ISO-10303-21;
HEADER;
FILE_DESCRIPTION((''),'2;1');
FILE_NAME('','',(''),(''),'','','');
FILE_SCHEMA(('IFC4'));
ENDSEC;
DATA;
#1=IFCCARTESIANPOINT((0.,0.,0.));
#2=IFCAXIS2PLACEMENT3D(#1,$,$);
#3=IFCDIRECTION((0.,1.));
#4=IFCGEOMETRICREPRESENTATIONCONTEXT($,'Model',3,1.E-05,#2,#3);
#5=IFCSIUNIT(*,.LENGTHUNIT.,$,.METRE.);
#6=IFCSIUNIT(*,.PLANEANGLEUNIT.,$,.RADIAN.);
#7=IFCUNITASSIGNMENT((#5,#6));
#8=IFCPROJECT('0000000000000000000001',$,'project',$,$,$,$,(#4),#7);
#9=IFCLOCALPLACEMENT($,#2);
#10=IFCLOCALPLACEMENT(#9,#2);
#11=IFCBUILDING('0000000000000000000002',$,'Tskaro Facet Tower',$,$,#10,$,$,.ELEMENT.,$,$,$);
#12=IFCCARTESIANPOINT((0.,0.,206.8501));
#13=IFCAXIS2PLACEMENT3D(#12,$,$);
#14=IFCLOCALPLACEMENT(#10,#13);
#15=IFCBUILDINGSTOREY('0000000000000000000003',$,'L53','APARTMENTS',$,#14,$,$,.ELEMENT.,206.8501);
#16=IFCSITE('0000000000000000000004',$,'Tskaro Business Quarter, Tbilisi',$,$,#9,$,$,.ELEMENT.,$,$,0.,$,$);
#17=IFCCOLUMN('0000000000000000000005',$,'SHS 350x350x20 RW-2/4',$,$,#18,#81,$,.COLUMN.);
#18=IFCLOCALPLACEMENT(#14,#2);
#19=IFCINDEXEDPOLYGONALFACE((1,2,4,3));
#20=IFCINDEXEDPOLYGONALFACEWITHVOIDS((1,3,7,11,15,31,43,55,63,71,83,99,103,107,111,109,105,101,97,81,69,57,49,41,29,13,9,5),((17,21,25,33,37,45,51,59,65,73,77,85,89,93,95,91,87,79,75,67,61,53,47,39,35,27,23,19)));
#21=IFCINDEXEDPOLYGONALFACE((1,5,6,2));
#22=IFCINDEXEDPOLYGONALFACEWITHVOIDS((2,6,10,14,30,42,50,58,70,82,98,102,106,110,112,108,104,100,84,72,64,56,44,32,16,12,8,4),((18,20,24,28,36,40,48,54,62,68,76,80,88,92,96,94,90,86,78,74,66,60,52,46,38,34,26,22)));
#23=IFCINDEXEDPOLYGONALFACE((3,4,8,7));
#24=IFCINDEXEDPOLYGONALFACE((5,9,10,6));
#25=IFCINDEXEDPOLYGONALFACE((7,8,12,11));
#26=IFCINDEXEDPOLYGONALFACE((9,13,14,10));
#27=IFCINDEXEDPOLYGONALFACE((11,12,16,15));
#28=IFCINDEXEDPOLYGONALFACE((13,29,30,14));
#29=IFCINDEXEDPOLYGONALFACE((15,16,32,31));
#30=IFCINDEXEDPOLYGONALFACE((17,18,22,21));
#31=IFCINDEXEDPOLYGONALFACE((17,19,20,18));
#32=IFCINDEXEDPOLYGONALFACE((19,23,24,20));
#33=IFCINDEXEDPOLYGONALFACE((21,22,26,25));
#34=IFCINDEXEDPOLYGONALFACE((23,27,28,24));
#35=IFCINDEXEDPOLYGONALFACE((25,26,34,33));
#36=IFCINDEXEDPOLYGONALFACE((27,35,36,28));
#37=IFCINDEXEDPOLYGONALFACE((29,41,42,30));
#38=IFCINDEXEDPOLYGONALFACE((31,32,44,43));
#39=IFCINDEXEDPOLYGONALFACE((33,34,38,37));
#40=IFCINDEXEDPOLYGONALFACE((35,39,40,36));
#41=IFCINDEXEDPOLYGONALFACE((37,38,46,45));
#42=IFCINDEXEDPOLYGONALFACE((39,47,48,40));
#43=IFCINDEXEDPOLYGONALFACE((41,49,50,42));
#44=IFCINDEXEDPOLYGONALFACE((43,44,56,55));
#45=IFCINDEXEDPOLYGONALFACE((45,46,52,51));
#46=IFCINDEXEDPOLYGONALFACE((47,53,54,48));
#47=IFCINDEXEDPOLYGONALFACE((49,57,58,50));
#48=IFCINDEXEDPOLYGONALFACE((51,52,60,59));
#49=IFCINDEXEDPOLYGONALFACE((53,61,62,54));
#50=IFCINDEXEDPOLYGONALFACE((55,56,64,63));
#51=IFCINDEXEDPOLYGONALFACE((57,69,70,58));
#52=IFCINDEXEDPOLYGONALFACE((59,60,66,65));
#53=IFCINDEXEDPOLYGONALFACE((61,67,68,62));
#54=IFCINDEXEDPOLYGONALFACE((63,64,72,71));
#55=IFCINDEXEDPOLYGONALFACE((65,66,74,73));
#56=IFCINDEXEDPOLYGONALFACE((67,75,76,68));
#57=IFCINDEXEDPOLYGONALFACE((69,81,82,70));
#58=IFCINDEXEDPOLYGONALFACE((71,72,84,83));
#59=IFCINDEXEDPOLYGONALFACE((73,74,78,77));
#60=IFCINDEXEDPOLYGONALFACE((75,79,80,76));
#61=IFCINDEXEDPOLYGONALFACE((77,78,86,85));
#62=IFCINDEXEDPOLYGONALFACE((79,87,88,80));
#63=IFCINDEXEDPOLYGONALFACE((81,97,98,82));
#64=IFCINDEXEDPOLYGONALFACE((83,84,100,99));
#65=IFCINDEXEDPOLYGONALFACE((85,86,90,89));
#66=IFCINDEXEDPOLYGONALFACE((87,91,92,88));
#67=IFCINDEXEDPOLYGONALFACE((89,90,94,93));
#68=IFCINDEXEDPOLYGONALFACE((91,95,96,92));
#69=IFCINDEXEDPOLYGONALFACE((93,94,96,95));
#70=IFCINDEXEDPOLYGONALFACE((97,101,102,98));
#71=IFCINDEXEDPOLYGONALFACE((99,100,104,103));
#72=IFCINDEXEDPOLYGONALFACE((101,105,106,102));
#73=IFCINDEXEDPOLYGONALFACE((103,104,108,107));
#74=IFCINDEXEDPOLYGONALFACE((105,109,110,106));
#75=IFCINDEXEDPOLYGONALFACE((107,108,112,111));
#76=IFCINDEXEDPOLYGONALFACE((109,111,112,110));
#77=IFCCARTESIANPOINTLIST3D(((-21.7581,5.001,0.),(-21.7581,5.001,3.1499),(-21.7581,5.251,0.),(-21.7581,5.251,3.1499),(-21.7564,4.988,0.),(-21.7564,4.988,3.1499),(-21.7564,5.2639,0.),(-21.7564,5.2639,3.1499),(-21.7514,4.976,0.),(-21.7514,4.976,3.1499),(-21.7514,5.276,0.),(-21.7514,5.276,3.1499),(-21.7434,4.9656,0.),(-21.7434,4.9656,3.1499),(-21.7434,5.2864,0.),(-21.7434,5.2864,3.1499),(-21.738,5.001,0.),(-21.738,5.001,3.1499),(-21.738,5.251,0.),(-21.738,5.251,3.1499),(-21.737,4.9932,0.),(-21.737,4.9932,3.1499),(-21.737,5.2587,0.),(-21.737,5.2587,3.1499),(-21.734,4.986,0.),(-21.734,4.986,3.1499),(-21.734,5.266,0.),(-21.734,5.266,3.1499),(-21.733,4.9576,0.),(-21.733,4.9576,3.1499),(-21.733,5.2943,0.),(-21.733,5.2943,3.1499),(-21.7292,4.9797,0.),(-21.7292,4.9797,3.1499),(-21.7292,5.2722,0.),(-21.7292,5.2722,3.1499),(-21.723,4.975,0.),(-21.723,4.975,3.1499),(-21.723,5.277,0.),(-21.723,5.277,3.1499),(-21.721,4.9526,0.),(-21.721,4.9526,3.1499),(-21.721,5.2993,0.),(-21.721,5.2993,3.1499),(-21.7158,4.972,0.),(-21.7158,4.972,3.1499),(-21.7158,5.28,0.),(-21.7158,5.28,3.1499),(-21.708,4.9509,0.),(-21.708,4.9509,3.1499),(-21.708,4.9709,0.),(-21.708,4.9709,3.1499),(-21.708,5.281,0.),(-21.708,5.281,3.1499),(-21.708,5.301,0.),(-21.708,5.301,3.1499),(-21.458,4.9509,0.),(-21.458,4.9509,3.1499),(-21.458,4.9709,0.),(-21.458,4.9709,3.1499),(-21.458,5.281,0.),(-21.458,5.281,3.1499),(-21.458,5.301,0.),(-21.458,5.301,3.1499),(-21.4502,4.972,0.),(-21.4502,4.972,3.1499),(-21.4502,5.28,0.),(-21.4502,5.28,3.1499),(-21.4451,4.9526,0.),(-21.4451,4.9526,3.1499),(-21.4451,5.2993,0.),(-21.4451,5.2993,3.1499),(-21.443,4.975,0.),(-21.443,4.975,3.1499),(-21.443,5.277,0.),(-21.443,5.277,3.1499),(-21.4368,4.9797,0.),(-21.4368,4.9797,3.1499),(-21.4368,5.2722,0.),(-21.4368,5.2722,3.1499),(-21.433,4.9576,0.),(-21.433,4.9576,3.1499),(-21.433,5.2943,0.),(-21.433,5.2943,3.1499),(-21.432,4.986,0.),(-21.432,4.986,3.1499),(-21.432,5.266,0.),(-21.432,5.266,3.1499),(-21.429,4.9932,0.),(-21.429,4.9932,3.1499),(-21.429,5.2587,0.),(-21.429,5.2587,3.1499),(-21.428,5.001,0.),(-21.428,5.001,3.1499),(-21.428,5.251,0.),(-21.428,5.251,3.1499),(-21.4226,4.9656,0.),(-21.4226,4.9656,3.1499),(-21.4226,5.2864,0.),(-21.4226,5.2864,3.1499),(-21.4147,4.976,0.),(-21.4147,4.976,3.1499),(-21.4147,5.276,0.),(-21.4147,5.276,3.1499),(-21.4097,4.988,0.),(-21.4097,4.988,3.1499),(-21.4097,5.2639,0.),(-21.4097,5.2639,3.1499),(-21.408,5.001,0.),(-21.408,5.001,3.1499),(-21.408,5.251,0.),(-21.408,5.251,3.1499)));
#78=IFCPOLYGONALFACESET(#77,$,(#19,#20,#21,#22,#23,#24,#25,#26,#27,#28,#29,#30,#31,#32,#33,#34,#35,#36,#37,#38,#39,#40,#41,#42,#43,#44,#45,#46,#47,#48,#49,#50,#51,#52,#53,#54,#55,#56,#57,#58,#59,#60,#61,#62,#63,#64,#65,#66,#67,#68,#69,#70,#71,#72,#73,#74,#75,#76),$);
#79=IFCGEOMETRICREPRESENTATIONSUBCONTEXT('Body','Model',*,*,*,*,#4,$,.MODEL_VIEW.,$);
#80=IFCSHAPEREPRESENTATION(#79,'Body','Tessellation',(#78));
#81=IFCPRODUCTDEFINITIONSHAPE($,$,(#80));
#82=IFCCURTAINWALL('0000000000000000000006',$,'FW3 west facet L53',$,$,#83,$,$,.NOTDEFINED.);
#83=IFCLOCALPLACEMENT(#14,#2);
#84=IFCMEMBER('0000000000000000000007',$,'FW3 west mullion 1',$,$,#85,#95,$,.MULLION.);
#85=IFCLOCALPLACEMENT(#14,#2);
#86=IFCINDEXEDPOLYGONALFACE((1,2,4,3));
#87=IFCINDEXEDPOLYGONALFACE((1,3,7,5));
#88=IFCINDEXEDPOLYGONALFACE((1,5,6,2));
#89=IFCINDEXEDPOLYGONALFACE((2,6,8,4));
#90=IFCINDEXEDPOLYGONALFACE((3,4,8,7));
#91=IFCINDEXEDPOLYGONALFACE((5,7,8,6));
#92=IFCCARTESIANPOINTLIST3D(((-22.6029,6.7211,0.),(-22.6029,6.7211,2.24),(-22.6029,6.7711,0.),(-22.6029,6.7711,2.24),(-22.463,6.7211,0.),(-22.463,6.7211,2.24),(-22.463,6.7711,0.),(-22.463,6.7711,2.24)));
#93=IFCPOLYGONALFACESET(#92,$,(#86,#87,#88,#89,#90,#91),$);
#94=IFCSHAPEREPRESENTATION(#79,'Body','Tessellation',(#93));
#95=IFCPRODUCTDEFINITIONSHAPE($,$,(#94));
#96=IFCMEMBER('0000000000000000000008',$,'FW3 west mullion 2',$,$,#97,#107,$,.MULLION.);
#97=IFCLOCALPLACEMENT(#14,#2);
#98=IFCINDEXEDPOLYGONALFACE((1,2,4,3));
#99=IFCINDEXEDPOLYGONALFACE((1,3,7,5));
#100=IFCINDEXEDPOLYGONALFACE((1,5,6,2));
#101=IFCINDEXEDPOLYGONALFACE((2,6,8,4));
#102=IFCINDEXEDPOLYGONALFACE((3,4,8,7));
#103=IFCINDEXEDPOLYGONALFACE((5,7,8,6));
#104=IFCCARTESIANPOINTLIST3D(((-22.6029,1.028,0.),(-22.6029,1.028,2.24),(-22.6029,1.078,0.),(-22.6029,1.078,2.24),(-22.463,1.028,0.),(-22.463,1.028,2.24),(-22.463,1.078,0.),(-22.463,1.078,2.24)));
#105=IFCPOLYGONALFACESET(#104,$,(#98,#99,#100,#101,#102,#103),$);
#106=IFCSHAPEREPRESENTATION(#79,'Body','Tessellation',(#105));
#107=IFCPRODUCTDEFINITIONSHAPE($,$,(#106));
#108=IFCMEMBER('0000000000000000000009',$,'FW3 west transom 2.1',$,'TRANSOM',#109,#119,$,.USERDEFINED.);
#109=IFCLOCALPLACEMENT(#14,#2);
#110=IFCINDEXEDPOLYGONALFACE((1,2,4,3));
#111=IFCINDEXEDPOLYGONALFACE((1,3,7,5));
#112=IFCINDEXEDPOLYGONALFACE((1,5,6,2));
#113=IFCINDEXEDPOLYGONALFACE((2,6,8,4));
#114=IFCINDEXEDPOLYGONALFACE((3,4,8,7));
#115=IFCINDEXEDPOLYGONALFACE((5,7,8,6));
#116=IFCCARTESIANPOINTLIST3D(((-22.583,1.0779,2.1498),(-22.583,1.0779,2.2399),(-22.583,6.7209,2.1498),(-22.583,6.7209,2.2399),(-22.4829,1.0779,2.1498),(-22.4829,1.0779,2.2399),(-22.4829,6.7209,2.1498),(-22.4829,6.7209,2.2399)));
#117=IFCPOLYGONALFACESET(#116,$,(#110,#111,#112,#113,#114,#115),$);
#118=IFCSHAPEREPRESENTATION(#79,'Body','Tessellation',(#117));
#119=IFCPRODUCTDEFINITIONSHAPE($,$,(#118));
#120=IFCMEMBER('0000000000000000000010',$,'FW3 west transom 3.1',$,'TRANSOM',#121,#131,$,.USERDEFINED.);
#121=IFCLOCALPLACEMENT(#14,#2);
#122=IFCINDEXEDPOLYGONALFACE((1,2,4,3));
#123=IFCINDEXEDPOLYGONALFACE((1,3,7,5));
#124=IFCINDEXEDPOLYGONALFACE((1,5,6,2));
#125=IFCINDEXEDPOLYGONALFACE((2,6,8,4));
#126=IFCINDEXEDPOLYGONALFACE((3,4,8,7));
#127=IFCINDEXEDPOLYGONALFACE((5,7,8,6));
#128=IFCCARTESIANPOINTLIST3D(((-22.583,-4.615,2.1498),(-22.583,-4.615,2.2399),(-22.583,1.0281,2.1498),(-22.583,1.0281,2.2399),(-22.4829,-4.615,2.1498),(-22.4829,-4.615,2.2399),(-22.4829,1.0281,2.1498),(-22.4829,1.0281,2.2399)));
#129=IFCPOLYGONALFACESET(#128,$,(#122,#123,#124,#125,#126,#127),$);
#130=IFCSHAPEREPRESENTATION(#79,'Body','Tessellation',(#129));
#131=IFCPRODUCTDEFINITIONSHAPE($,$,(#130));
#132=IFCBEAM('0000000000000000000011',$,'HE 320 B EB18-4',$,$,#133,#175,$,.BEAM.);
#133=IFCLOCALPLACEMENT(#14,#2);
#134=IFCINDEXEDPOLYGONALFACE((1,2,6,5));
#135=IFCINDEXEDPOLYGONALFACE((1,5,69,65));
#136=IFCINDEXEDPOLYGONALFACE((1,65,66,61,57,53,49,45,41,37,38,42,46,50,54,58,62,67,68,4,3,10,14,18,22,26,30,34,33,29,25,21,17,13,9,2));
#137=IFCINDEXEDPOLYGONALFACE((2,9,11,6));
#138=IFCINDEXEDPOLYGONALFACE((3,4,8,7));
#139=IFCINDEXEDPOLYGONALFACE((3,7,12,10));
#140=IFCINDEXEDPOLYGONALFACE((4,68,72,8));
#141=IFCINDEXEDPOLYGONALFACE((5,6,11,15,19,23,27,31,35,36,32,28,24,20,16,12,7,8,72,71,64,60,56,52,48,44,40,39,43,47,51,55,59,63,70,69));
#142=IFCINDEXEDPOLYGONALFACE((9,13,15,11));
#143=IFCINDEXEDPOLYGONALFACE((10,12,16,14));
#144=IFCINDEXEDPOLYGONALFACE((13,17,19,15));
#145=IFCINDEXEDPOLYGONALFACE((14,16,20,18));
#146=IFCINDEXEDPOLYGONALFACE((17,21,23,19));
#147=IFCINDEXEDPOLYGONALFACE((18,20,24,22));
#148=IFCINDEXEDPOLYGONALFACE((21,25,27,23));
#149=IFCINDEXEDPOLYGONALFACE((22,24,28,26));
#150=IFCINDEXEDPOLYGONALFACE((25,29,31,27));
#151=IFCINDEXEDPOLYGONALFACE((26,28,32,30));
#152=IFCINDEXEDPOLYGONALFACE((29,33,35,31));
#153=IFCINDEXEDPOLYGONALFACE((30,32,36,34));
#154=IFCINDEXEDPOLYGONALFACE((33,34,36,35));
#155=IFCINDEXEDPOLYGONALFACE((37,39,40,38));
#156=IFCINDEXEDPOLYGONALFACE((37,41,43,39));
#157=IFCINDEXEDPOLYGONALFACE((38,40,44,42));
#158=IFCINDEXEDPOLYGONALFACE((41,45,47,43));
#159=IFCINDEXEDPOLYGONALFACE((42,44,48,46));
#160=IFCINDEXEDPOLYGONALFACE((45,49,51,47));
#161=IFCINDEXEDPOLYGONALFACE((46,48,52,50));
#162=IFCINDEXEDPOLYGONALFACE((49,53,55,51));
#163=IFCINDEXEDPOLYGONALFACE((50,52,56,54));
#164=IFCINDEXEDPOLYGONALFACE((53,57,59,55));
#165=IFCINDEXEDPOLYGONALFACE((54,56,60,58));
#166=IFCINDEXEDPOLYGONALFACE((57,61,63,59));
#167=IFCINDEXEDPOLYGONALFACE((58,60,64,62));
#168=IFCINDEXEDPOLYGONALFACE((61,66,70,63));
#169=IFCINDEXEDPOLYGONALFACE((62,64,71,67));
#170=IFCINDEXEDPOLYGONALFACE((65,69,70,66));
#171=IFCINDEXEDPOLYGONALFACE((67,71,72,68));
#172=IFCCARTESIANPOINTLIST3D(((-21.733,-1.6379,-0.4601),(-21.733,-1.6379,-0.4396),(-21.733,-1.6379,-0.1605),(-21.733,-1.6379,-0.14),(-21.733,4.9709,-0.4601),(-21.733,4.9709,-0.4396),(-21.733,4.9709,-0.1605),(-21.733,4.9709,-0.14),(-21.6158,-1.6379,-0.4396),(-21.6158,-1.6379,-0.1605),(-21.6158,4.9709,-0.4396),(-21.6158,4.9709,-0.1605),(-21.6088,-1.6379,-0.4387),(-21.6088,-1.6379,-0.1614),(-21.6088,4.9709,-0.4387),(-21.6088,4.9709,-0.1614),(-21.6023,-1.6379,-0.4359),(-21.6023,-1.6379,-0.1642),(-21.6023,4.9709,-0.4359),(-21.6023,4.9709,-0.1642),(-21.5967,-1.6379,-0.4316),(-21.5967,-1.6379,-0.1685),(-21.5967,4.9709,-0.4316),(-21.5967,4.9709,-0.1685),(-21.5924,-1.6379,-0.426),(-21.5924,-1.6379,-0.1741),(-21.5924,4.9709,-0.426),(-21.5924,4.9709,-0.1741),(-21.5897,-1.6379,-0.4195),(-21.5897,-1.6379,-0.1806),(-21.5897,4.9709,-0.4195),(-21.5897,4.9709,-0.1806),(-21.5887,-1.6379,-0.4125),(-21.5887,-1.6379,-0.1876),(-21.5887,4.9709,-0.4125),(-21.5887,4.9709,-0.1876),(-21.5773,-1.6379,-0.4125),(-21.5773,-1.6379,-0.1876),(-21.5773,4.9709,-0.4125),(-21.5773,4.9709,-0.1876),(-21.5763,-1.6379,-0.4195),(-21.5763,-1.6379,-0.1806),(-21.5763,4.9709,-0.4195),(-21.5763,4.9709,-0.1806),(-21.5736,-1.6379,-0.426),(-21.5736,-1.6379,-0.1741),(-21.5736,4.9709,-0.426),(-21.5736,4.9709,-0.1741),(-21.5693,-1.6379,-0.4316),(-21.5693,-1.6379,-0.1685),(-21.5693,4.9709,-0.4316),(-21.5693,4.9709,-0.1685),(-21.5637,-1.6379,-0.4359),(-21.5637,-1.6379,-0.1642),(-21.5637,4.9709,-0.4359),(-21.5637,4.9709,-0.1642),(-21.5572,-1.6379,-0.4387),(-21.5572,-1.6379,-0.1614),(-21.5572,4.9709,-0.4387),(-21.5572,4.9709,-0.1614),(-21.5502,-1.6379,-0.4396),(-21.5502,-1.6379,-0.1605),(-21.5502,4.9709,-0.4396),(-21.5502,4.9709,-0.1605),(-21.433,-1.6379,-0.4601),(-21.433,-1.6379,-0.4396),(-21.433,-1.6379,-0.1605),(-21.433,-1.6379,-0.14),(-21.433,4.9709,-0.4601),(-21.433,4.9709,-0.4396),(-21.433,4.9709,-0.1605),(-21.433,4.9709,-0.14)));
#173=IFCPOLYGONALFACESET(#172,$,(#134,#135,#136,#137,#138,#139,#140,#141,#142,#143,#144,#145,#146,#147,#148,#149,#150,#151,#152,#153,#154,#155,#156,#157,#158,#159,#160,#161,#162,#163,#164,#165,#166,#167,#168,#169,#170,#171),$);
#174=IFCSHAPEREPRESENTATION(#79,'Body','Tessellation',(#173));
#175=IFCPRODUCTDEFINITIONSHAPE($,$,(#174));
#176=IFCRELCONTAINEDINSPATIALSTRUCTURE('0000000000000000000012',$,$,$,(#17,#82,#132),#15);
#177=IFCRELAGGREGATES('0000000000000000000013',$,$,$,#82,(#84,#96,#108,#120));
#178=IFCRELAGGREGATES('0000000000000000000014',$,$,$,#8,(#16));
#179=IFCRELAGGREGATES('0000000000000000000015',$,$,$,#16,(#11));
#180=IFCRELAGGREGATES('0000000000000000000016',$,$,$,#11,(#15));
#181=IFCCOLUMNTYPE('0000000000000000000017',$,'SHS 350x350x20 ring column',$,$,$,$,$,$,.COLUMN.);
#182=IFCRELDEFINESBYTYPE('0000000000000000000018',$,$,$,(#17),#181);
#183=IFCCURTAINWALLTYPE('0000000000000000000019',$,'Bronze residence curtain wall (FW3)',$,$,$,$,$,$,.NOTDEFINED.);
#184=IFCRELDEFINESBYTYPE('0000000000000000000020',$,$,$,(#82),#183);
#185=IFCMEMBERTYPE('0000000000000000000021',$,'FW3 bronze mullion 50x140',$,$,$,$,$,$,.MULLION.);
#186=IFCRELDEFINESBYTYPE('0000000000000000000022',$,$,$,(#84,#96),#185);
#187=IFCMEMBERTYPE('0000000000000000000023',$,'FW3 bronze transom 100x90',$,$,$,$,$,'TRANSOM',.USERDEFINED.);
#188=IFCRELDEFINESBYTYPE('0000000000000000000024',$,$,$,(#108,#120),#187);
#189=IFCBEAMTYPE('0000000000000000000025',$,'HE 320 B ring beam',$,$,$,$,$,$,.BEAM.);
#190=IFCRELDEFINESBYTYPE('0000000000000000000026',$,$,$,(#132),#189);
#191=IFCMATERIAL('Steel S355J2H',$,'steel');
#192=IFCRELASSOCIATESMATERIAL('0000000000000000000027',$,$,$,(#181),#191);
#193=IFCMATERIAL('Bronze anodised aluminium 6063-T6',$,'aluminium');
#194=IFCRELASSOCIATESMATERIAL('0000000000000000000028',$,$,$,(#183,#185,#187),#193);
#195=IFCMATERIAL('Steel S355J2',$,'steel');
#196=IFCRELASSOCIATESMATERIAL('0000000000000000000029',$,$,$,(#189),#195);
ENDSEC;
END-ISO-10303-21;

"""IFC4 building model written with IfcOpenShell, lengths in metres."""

from ifc_helpers import new_model, si_unit, direction, frame, origin, origin_2d, place, context, subcontext, project, spatial, rectangle, hollow_rectangle, i_section, extrude, material, material_profile, profile_set, type_object, element, aggregate, save


model = new_model("IFC4")

# Units and contexts
model_context = context("Model", 3, precision=1e-05, world=origin(), true_north=direction((0.0, 1.0)))
body_context = subcontext(model_context, "Body", "Model", "MODEL_VIEW")
ifc_project = project(units=[si_unit("LENGTHUNIT", "METRE"), si_unit("PLANEANGLEUNIT", "RADIAN")], contexts=[model_context])

# Site, building, storey
site_placement = place(None, origin())
site = spatial("IfcSite", under=ifc_project, at=site_placement, Name="Tskaro Business Quarter, Tbilisi", CompositionType="ELEMENT", RefElevation=0.0)
building_placement = place(site_placement, origin())
building = spatial("IfcBuilding", under=site, at=building_placement, Name="Tskaro Facet Tower", CompositionType="ELEMENT")
storey_placement = place(building_placement, frame((0.0, 0.0, 206.8501)))
storey = spatial("IfcBuildingStorey", under=building, at=storey_placement, Name="L53", Description="APARTMENTS", CompositionType="ELEMENT", Elevation=206.8501)

# Column
ifc_material_1 = material(Name="Steel S355J2H", Category="steel")
ifc_material_profile_1 = material_profile(ifc_material_1, hollow_rectangle(XDim=0.3501, YDim=0.3501, WallThickness=0.02, InnerFilletRadius=0.03, OuterFilletRadius=0.05, at=origin_2d()), Name="SHS 350x350x20")
ifc_profile_set_1 = profile_set([ifc_material_profile_1], Name="Steel S355J2H")
column_type_1 = type_object("IfcColumnType", Name="SHS 350x350x20 ring column", PredefinedType="COLUMN", material=ifc_profile_set_1)
column_1_placement = place(storey_placement, frame((-21.583, 5.126, 0.0), z_axis=(0.0, 0.0, 1.0), x_axis=(1.0, 0.0, 0.0)))
element("IfcColumn", 1, at=column_1_placement, inside=storey, type_object=column_type_1, Name="SHS 350x350x20 RW-2/4", PredefinedType="COLUMN", context=body_context, shape_type="SweptSolid", body=[
    extrude(hollow_rectangle(XDim=0.3501, YDim=0.3501, WallThickness=0.02, InnerFilletRadius=0.03, OuterFilletRadius=0.05, at=origin_2d()), origin(), (0.0, 0.0, 1.0), 3.1499),
])

# Curtain wall, members
ifc_material_2 = material(Name="Bronze anodised aluminium 6063-T6", Category="aluminium")
curtain_wall_type = type_object("IfcCurtainWallType", Name="Bronze residence curtain wall (FW3)", PredefinedType="NOTDEFINED", material=ifc_material_2)
curtain_wall_placement = place(storey_placement, origin())
curtain_wall = element("IfcCurtainWall", 2, at=curtain_wall_placement, inside=storey, type_object=curtain_wall_type, Name="FW3 west facet L53", PredefinedType="NOTDEFINED")
ifc_material_profile_2 = material_profile(ifc_material_2, rectangle(XDim=0.05, YDim=0.1399, at=origin_2d()), Name="Mullion 50x140")
ifc_profile_set_2 = profile_set([ifc_material_profile_2], Name="Bronze anodised aluminium 6063-T6")
member_type_1 = type_object("IfcMemberType", Name="FW3 bronze mullion 50x140", PredefinedType="MULLION", material=ifc_profile_set_2)
member_1_placement = place(storey_placement, frame((-22.533, 6.7461, 0.0), z_axis=(0.0, 0.0, 1.0), x_axis=(0.0, -1.0, 0.0)))
member_1 = element("IfcMember", 3, at=member_1_placement, type_object=member_type_1, Name="FW3 west mullion 1", PredefinedType="MULLION", context=body_context, shape_type="SweptSolid", body=[
    extrude(rectangle(XDim=0.05, YDim=0.1399, at=origin_2d()), origin(), (0.0, 0.0, 1.0), 2.24),
])
member_2_placement = place(storey_placement, frame((-22.533, 1.053, 0.0), z_axis=(0.0, 0.0, 1.0), x_axis=(0.0, -1.0, 0.0)))
member_2 = element("IfcMember", 4, at=member_2_placement, type_object=member_type_1, Name="FW3 west mullion 2", PredefinedType="MULLION", context=body_context, shape_type="SweptSolid", body=[
    extrude(rectangle(XDim=0.05, YDim=0.1399, at=origin_2d()), origin(), (0.0, 0.0, 1.0), 2.24),
])
ifc_material_profile_3 = material_profile(ifc_material_2, rectangle(XDim=0.1001, YDim=0.0901, at=origin_2d()), Name="Transom 100x90")
ifc_profile_set_3 = profile_set([ifc_material_profile_3], Name="Bronze anodised aluminium 6063-T6")
member_type_2 = type_object("IfcMemberType", Name="FW3 bronze transom 100x90", ElementType="TRANSOM", PredefinedType="USERDEFINED", material=ifc_profile_set_3)
member_3_placement = place(storey_placement, frame((-22.533, 6.7209, 2.1948), z_axis=(0.0, -1.0, 0.0), x_axis=(1.0, 0.0, 0.0)))
member_3 = element("IfcMember", 5, at=member_3_placement, type_object=member_type_2, Name="FW3 west transom 2.1", ObjectType="TRANSOM", PredefinedType="USERDEFINED", context=body_context, shape_type="SweptSolid", body=[
    extrude(rectangle(XDim=0.1001, YDim=0.0901, at=origin_2d()), origin(), (0.0, 0.0, 1.0), 5.6431),
])
member_4_placement = place(storey_placement, frame((-22.533, 1.0281, 2.1948), z_axis=(0.0, -1.0, 0.0), x_axis=(1.0, 0.0, 0.0)))
member_4 = element("IfcMember", 6, at=member_4_placement, type_object=member_type_2, Name="FW3 west transom 3.1", ObjectType="TRANSOM", PredefinedType="USERDEFINED", context=body_context, shape_type="SweptSolid", body=[
    extrude(rectangle(XDim=0.1001, YDim=0.0901, at=origin_2d()), origin(), (0.0, 0.0, 1.0), 5.6431),
])

# Beam
ifc_material_3 = material(Name="Steel S355J2", Category="steel")
ifc_material_profile_4 = material_profile(ifc_material_3, i_section(OverallWidth=0.3, OverallDepth=0.3201, WebThickness=0.0115, FlangeThickness=0.0205, FilletRadius=0.0271, at=origin_2d()), Name="HE 320 B")
ifc_profile_set_4 = profile_set([ifc_material_profile_4], Name="Steel S355J2")
beam_type_1 = type_object("IfcBeamType", Name="HE 320 B ring beam", PredefinedType="BEAM", material=ifc_profile_set_4)
beam_1_placement = place(storey_placement, frame((-21.583, 4.9709, -0.3), z_axis=(0.0, -1.0, 0.0), x_axis=(1.0, 0.0, 0.0)))
element("IfcBeam", 7, at=beam_1_placement, inside=storey, type_object=beam_type_1, Name="HE 320 B EB18-4", PredefinedType="BEAM", context=body_context, shape_type="SweptSolid", body=[
    extrude(i_section(OverallWidth=0.3, OverallDepth=0.3201, WebThickness=0.0115, FlangeThickness=0.0205, FilletRadius=0.0271, at=origin_2d()), origin(), (0.0, 0.0, 1.0), 6.6089),
])

aggregate(curtain_wall, [member_1, member_2, member_3, member_4])

save(model, "model.ifc")
